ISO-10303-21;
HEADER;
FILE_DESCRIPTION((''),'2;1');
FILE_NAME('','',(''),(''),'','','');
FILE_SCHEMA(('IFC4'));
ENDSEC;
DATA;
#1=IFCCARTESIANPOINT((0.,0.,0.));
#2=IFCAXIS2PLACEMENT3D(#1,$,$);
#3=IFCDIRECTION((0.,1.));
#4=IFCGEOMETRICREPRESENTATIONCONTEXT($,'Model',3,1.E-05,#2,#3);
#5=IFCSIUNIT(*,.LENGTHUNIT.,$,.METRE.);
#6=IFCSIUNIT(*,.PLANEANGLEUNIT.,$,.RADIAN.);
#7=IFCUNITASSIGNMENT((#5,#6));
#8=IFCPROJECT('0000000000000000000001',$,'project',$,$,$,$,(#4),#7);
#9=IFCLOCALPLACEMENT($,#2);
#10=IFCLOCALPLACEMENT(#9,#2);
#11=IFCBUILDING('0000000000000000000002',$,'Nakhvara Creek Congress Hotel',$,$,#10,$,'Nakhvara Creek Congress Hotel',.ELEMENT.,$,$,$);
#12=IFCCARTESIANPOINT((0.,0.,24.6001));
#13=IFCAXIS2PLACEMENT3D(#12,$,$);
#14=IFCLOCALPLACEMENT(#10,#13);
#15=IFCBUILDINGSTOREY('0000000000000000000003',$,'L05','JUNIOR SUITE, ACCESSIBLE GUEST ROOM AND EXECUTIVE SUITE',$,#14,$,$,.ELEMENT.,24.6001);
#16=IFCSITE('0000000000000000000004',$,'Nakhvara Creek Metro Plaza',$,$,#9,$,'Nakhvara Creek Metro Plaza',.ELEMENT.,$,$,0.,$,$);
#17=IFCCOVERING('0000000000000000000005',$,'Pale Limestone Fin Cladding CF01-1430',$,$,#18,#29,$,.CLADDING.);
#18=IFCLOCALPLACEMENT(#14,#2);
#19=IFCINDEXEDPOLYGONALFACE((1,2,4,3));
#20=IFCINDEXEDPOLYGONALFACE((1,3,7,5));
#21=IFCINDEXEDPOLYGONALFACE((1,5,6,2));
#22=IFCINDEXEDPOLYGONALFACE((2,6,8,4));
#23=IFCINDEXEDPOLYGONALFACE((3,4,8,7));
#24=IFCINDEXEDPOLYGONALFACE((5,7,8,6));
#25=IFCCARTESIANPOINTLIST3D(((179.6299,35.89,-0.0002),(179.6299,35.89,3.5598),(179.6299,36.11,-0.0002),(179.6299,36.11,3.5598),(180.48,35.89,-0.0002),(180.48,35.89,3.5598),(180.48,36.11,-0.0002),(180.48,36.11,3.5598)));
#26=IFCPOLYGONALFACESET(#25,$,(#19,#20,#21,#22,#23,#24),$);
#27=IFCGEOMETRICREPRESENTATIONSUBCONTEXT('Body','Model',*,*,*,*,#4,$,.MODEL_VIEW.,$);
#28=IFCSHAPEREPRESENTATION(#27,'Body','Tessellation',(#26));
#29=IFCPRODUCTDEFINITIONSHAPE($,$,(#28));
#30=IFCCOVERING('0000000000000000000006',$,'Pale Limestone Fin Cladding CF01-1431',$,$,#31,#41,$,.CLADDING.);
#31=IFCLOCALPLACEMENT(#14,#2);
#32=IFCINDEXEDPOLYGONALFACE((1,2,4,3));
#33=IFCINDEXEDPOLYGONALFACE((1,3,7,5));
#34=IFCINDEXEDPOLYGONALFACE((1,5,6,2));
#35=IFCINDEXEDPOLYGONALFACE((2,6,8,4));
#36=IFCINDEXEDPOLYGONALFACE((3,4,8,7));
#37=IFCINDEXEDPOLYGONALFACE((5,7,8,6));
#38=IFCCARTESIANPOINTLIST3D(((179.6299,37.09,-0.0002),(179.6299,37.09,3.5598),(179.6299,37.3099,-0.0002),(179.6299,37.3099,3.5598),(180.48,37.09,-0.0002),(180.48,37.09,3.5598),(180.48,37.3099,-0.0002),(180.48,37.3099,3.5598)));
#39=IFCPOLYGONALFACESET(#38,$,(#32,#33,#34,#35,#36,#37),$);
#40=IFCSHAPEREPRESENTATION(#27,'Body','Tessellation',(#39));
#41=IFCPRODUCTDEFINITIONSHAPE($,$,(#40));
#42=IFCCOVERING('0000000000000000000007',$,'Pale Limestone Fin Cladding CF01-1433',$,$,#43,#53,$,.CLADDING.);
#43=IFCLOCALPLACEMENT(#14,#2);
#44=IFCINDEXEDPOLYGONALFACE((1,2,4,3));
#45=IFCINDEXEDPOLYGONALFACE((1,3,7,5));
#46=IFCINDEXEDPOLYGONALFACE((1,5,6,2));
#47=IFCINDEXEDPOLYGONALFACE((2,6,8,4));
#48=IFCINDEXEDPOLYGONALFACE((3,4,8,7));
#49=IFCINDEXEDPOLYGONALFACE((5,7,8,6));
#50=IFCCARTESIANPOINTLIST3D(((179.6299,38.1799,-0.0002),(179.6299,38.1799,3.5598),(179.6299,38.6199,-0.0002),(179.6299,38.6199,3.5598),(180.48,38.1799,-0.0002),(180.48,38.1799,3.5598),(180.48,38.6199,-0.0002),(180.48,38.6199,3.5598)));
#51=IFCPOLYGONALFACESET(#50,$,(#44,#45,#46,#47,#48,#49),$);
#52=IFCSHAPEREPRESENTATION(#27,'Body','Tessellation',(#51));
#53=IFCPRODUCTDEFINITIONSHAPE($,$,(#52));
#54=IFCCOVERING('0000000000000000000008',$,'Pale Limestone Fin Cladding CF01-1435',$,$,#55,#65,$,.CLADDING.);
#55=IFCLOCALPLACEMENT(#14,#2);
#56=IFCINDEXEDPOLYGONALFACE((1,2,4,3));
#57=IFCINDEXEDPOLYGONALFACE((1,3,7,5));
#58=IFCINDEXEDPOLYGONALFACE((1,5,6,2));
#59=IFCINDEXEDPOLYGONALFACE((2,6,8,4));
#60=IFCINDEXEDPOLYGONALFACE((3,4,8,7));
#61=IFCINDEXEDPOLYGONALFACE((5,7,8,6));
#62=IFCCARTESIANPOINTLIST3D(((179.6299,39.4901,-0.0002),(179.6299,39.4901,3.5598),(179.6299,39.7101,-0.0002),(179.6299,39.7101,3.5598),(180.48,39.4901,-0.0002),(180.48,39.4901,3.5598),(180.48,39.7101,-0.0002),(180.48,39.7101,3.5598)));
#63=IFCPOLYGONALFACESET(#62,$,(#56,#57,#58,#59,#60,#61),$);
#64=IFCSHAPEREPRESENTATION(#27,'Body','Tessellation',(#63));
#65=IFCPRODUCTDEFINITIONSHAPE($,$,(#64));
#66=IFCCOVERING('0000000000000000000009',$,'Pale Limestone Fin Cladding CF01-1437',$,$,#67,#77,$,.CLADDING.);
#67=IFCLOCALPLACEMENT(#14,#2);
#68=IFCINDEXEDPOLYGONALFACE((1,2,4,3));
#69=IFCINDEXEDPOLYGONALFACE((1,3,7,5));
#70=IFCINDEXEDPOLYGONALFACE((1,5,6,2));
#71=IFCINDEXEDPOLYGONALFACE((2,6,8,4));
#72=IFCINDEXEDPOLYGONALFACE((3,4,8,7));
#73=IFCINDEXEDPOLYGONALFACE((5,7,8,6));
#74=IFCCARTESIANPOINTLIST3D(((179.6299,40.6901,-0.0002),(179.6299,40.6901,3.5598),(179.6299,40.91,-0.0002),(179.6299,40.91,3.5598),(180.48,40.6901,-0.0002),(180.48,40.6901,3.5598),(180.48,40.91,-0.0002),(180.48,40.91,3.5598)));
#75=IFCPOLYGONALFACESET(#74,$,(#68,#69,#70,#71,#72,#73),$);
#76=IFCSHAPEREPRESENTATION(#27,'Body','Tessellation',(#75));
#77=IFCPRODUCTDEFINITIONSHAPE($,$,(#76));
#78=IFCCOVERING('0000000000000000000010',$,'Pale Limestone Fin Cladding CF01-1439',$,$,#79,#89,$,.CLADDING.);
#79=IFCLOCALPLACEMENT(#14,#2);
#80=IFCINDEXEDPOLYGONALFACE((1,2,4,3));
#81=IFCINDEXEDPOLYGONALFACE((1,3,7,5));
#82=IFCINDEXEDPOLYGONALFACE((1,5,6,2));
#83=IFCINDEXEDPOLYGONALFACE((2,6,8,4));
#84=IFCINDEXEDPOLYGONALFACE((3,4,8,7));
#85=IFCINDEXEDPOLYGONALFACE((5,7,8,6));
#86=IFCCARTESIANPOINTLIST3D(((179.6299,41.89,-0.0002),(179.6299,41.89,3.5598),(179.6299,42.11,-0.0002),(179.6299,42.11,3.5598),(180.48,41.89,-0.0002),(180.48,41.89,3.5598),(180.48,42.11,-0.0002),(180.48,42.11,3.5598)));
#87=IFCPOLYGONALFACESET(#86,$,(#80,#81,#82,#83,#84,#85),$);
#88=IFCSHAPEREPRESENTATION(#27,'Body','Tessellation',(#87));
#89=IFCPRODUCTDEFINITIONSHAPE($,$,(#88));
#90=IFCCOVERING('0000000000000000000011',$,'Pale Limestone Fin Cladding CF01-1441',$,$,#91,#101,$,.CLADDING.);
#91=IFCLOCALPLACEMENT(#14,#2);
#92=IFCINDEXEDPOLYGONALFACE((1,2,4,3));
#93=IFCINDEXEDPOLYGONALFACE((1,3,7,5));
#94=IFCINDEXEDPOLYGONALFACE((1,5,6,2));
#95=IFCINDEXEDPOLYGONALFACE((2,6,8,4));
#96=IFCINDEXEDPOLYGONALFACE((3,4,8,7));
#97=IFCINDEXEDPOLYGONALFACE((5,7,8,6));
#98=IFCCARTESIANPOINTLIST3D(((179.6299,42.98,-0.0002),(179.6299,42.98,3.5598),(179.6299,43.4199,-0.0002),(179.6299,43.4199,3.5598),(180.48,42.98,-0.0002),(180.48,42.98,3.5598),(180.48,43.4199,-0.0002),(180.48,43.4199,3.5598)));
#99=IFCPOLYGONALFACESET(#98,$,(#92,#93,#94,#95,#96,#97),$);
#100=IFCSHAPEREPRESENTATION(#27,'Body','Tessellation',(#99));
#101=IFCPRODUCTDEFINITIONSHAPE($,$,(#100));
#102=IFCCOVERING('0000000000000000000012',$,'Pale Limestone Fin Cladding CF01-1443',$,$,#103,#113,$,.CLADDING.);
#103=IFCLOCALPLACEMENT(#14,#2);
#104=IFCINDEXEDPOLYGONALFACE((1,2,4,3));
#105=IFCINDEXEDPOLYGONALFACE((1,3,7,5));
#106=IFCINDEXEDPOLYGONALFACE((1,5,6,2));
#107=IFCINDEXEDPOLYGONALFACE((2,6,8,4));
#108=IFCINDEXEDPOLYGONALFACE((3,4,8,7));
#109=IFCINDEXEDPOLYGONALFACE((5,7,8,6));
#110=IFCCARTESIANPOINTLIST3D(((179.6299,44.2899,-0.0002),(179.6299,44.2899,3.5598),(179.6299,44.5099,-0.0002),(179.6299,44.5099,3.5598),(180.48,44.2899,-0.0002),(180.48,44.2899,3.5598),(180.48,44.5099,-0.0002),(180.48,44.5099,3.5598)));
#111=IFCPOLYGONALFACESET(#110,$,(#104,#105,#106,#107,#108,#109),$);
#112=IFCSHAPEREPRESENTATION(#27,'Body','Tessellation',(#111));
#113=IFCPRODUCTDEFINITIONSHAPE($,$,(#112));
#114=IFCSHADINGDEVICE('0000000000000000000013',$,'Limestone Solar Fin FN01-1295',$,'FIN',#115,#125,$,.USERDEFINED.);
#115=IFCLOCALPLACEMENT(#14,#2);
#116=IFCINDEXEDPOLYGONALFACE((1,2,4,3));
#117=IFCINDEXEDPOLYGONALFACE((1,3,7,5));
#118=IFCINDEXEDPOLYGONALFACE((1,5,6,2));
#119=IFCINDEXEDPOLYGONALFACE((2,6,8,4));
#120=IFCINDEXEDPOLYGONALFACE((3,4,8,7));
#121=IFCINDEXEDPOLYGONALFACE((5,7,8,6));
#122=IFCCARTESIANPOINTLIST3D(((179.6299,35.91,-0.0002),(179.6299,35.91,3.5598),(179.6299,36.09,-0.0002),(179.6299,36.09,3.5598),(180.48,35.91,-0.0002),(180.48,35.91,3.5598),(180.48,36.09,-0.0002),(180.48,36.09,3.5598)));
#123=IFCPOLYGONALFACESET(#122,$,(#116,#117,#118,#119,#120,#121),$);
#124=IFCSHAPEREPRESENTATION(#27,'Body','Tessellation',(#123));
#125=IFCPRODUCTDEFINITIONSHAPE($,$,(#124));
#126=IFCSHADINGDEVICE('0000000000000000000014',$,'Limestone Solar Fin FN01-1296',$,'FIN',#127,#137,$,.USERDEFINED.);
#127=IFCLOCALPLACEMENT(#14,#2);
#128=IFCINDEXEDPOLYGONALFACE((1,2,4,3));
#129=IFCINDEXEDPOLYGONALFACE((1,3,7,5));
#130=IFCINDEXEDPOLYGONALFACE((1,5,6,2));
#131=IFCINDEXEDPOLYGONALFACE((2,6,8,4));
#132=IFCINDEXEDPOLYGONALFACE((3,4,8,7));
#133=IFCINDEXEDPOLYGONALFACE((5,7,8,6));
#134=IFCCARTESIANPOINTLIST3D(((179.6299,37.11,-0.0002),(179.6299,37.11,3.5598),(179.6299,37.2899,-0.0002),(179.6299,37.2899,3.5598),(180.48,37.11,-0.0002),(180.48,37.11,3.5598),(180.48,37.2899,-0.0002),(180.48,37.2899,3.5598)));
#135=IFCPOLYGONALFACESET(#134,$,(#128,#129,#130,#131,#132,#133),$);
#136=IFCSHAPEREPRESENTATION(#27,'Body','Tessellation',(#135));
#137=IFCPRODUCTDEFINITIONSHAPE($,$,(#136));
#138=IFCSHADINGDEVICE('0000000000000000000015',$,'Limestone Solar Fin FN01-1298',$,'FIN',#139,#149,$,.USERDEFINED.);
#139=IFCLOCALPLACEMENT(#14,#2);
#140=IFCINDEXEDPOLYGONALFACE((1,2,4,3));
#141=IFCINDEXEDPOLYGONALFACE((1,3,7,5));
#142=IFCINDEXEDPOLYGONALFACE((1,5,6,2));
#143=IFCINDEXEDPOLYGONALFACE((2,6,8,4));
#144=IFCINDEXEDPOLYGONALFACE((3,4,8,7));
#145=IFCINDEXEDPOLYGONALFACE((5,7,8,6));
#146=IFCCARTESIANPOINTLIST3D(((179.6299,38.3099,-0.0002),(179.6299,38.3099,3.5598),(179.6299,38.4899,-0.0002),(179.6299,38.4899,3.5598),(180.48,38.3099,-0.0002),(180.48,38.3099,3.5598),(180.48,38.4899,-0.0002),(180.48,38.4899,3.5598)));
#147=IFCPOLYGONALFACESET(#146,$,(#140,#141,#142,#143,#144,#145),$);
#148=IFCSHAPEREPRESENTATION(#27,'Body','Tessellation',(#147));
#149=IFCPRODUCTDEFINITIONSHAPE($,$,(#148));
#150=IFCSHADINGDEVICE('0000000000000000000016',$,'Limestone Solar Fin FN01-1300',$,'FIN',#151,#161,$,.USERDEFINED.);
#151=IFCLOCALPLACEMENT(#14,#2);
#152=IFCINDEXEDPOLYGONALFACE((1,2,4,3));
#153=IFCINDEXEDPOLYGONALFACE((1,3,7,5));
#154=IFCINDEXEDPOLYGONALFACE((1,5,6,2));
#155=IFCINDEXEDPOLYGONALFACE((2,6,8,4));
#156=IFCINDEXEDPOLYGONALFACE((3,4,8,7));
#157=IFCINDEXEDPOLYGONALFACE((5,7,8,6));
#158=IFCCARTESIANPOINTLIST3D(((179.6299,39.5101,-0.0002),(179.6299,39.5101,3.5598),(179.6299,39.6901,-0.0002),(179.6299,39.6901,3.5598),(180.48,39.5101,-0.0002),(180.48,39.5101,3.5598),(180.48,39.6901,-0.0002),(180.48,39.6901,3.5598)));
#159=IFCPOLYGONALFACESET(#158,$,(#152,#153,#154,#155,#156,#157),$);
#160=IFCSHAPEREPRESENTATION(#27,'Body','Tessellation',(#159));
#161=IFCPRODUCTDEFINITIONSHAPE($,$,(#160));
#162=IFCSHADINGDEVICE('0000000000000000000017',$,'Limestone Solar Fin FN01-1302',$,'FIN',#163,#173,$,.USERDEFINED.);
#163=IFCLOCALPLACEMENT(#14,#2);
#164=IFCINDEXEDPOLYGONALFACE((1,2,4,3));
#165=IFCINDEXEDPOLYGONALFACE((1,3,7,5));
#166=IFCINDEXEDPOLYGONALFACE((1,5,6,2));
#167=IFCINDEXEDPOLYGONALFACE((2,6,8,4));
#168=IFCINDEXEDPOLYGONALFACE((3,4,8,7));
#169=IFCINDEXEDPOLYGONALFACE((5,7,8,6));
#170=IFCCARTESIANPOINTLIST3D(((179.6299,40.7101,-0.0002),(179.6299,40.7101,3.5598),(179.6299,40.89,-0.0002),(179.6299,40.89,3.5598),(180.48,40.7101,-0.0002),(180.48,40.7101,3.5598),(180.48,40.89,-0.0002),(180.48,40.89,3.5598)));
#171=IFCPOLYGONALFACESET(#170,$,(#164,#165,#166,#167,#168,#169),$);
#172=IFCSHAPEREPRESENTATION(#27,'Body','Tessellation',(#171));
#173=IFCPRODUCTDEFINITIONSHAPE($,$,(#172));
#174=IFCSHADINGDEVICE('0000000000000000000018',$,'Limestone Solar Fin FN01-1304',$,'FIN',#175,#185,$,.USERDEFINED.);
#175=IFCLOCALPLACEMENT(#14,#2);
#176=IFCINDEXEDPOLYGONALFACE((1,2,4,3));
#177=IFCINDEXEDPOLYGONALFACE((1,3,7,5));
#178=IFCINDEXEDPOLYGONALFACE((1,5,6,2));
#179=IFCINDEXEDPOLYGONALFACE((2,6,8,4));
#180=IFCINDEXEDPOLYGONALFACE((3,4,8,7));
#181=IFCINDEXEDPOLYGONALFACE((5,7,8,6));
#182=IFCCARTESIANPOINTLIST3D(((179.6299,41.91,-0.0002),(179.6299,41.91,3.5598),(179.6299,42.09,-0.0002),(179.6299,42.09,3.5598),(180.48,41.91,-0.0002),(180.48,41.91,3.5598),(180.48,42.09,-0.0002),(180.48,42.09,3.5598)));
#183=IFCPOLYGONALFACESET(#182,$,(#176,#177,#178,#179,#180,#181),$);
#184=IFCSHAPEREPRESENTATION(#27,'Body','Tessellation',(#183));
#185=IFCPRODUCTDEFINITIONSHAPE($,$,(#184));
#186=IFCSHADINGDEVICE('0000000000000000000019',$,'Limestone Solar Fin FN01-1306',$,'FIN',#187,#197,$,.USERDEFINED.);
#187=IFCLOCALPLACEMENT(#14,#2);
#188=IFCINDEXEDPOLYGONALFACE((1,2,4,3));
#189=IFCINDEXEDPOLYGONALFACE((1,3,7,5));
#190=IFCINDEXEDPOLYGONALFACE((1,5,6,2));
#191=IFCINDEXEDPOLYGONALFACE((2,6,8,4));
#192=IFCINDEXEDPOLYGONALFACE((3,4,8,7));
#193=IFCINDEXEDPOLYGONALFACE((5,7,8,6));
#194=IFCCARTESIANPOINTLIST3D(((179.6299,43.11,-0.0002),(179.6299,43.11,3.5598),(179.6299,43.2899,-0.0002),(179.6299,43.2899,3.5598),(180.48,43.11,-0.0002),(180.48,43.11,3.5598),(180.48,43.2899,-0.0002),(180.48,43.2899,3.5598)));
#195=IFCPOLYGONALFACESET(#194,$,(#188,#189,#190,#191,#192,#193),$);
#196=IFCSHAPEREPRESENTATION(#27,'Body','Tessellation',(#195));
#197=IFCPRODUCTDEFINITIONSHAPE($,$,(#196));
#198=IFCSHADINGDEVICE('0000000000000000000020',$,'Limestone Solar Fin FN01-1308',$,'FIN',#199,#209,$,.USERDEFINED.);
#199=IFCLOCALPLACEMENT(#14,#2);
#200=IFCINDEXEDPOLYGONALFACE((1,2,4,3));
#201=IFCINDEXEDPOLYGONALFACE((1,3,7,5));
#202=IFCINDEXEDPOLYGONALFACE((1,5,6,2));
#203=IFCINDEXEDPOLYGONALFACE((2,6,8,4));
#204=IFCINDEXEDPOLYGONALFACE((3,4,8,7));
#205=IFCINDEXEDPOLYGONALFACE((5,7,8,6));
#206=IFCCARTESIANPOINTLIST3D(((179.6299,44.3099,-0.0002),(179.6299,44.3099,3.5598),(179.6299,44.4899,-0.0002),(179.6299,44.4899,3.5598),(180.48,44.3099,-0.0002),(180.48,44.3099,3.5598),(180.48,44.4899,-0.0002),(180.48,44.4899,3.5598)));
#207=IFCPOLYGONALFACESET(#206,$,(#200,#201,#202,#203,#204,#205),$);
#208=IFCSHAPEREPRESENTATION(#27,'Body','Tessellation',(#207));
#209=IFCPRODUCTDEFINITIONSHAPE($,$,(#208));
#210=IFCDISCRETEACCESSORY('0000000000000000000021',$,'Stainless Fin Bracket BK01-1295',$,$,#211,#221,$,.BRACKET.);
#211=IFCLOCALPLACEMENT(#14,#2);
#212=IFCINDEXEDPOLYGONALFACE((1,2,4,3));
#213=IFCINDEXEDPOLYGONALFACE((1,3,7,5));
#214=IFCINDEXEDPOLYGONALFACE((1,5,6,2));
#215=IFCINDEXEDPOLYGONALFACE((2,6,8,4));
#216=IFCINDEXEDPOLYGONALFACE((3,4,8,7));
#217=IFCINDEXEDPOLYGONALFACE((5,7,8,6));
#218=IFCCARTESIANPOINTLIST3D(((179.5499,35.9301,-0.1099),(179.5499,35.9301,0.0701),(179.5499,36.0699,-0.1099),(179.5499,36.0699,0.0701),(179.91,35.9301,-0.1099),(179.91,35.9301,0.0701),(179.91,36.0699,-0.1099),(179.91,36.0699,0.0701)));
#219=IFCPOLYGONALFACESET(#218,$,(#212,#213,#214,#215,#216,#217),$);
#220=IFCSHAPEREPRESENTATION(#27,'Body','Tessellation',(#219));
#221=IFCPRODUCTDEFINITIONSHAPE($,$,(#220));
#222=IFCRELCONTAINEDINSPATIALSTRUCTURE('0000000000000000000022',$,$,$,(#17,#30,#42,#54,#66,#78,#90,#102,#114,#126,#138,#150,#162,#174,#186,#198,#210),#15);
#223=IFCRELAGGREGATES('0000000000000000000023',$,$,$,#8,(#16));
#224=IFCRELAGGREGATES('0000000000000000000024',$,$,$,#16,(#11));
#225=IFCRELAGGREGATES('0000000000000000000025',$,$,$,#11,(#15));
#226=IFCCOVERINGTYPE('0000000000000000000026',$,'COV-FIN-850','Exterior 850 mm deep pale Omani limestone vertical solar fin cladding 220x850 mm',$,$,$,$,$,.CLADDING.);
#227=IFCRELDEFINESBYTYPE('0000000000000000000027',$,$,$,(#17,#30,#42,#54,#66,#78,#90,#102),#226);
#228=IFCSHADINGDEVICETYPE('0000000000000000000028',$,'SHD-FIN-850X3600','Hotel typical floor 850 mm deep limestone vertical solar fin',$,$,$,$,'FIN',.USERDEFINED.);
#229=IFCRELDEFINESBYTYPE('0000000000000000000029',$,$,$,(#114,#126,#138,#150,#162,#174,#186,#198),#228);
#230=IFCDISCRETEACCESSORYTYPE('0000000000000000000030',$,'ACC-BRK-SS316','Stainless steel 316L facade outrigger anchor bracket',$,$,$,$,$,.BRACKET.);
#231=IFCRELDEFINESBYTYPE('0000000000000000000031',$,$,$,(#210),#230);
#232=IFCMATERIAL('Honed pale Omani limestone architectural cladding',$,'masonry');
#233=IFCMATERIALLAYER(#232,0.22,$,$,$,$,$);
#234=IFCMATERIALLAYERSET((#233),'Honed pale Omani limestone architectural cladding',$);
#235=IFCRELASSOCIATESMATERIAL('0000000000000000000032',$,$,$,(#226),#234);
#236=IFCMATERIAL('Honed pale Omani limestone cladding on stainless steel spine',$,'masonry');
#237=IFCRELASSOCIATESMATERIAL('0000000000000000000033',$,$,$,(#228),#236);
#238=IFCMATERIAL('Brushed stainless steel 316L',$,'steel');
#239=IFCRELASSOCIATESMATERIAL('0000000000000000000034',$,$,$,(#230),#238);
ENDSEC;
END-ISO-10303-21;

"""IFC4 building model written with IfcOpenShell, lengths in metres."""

from ifc_helpers import new_model, si_unit, direction, frame, origin, origin_2d, place, context, subcontext, project, spatial, rectangle, extrude, material, layer, layer_set, type_object, element, save


model = new_model("IFC4")

# Units and contexts
model_context = context("Model", 3, precision=1e-05, world=origin(), true_north=direction((0.0, 1.0)))
body_context = subcontext(model_context, "Body", "Model", "MODEL_VIEW")
ifc_project = project(units=[si_unit("LENGTHUNIT", "METRE"), si_unit("PLANEANGLEUNIT", "RADIAN")], contexts=[model_context])

# Site, building, storey
site_placement = place(None, origin())
site = spatial("IfcSite", under=ifc_project, at=site_placement, Name="Nakhvara Creek Metro Plaza", LongName="Nakhvara Creek Metro Plaza", CompositionType="ELEMENT", RefElevation=0.0)
building_placement = place(site_placement, origin())
building = spatial("IfcBuilding", under=site, at=building_placement, Name="Nakhvara Creek Congress Hotel", LongName="Nakhvara Creek Congress Hotel", CompositionType="ELEMENT")
storey_placement = place(building_placement, frame((0.0, 0.0, 24.6001)))
storey = spatial("IfcBuildingStorey", under=building, at=storey_placement, Name="L05", Description="JUNIOR SUITE, ACCESSIBLE GUEST ROOM AND EXECUTIVE SUITE", CompositionType="ELEMENT", Elevation=24.6001)

# Coverings
ifc_material_1 = material(Name="Honed pale Omani limestone architectural cladding", Category="masonry")
ifc_layer = layer(ifc_material_1, 0.22)
ifc_layer_set = layer_set([ifc_layer], Name="Honed pale Omani limestone architectural cladding")
covering_type = type_object("IfcCoveringType", Name="COV-FIN-850", Description="Exterior 850 mm deep pale Omani limestone vertical solar fin cladding 220x850 mm", PredefinedType="CLADDING", material=ifc_layer_set)
for number, where, z_axis, x_axis, name in (
    (1, (180.0549, 36.0, -0.0002), (0.0, 0.0, 1.0), (0.0, 1.0, 0.0), "Pale Limestone Fin Cladding CF01-1430"),
    (2, (180.0549, 37.2, -0.0002), (0.0, 0.0, 1.0), (0.0, 1.0, 0.0), "Pale Limestone Fin Cladding CF01-1431"),
):
    element("IfcCovering", number, at=place(storey_placement, frame(where, z_axis=z_axis, x_axis=x_axis)), inside=storey, type_object=covering_type, Name=name, PredefinedType="CLADDING", context=body_context, shape_type="SweptSolid", body=[
        extrude(rectangle(XDim=0.22, YDim=0.8501, at=origin_2d()), origin(), (0.0, 0.0, 1.0), 3.5601),
    ])
covering_1_placement = place(storey_placement, frame((180.0549, 38.3999, -0.0002), z_axis=(0.0, 0.0, 1.0), x_axis=(0.0, 1.0, 0.0)))
element("IfcCovering", 3, at=covering_1_placement, inside=storey, type_object=covering_type, Name="Pale Limestone Fin Cladding CF01-1433", PredefinedType="CLADDING", context=body_context, shape_type="SweptSolid", body=[
    extrude(rectangle(XDim=0.4399, YDim=0.8501, at=origin_2d()), origin(), (0.0, 0.0, 1.0), 3.5601),
])
for number, where, z_axis, x_axis, name in (
    (4, (180.0549, 39.6001, -0.0002), (0.0, 0.0, 1.0), (0.0, 1.0, 0.0), "Pale Limestone Fin Cladding CF01-1435"),
    (5, (180.0549, 40.8, -0.0002), (0.0, 0.0, 1.0), (0.0, 1.0, 0.0), "Pale Limestone Fin Cladding CF01-1437"),
    (6, (180.0549, 42.0, -0.0002), (0.0, 0.0, 1.0), (0.0, 1.0, 0.0), "Pale Limestone Fin Cladding CF01-1439"),
):
    element("IfcCovering", number, at=place(storey_placement, frame(where, z_axis=z_axis, x_axis=x_axis)), inside=storey, type_object=covering_type, Name=name, PredefinedType="CLADDING", context=body_context, shape_type="SweptSolid", body=[
        extrude(rectangle(XDim=0.22, YDim=0.8501, at=origin_2d()), origin(), (0.0, 0.0, 1.0), 3.5601),
    ])
covering_2_placement = place(storey_placement, frame((180.0549, 43.2, -0.0002), z_axis=(0.0, 0.0, 1.0), x_axis=(0.0, 1.0, 0.0)))
element("IfcCovering", 7, at=covering_2_placement, inside=storey, type_object=covering_type, Name="Pale Limestone Fin Cladding CF01-1441", PredefinedType="CLADDING", context=body_context, shape_type="SweptSolid", body=[
    extrude(rectangle(XDim=0.4399, YDim=0.8501, at=origin_2d()), origin(), (0.0, 0.0, 1.0), 3.5601),
])
covering_3_placement = place(storey_placement, frame((180.0549, 44.3999, -0.0002), z_axis=(0.0, 0.0, 1.0), x_axis=(0.0, 1.0, 0.0)))
element("IfcCovering", 8, at=covering_3_placement, inside=storey, type_object=covering_type, Name="Pale Limestone Fin Cladding CF01-1443", PredefinedType="CLADDING", context=body_context, shape_type="SweptSolid", body=[
    extrude(rectangle(XDim=0.22, YDim=0.8501, at=origin_2d()), origin(), (0.0, 0.0, 1.0), 3.5601),
])

# Shading devices
ifc_material_2 = material(Name="Honed pale Omani limestone cladding on stainless steel spine", Category="masonry")
shading_device_type = type_object("IfcShadingDeviceType", Name="SHD-FIN-850X3600", Description="Hotel typical floor 850 mm deep limestone vertical solar fin", ElementType="FIN", PredefinedType="USERDEFINED", material=ifc_material_2)
for number, where, z_axis, x_axis, name in (
    (9, (180.0549, 36.0, -0.0002), (0.0, 0.0, 1.0), (0.0, 1.0, 0.0), "Limestone Solar Fin FN01-1295"),
    (10, (180.0549, 37.2, -0.0002), (0.0, 0.0, 1.0), (0.0, 1.0, 0.0), "Limestone Solar Fin FN01-1296"),
    (11, (180.0549, 38.3999, -0.0002), (0.0, 0.0, 1.0), (0.0, 1.0, 0.0), "Limestone Solar Fin FN01-1298"),
    (12, (180.0549, 39.6001, -0.0002), (0.0, 0.0, 1.0), (0.0, 1.0, 0.0), "Limestone Solar Fin FN01-1300"),
    (13, (180.0549, 40.8, -0.0002), (0.0, 0.0, 1.0), (0.0, 1.0, 0.0), "Limestone Solar Fin FN01-1302"),
    (14, (180.0549, 42.0, -0.0002), (0.0, 0.0, 1.0), (0.0, 1.0, 0.0), "Limestone Solar Fin FN01-1304"),
    (15, (180.0549, 43.2, -0.0002), (0.0, 0.0, 1.0), (0.0, 1.0, 0.0), "Limestone Solar Fin FN01-1306"),
    (16, (180.0549, 44.3999, -0.0002), (0.0, 0.0, 1.0), (0.0, 1.0, 0.0), "Limestone Solar Fin FN01-1308"),
):
    element("IfcShadingDevice", number, at=place(storey_placement, frame(where, z_axis=z_axis, x_axis=x_axis)), inside=storey, type_object=shading_device_type, Name=name, ObjectType="FIN", PredefinedType="USERDEFINED", context=body_context, shape_type="SweptSolid", body=[
        extrude(rectangle(XDim=0.1799, YDim=0.8501, at=origin_2d()), origin(), (0.0, 0.0, 1.0), 3.5601),
    ])

# Discrete accessory
ifc_material_3 = material(Name="Brushed stainless steel 316L", Category="steel")
discrete_accessory_type = type_object("IfcDiscreteAccessoryType", Name="ACC-BRK-SS316", Description="Stainless steel 316L facade outrigger anchor bracket", PredefinedType="BRACKET", material=ifc_material_3)
for number, where, z_axis, x_axis, name in (
    (17, (179.73, 36.0, -0.1099), (0.0, 0.0, 1.0), (0.0, 1.0, 0.0), "Stainless Fin Bracket BK01-1295"),
):
    element("IfcDiscreteAccessory", number, at=place(storey_placement, frame(where, z_axis=z_axis, x_axis=x_axis)), inside=storey, type_object=discrete_accessory_type, Name=name, PredefinedType="BRACKET", context=body_context, shape_type="SweptSolid", body=[
        extrude(rectangle(XDim=0.1399, YDim=0.3601, at=origin_2d()), origin(), (0.0, 0.0, 1.0), 0.1799),
    ])

save(model, "model.ifc")
